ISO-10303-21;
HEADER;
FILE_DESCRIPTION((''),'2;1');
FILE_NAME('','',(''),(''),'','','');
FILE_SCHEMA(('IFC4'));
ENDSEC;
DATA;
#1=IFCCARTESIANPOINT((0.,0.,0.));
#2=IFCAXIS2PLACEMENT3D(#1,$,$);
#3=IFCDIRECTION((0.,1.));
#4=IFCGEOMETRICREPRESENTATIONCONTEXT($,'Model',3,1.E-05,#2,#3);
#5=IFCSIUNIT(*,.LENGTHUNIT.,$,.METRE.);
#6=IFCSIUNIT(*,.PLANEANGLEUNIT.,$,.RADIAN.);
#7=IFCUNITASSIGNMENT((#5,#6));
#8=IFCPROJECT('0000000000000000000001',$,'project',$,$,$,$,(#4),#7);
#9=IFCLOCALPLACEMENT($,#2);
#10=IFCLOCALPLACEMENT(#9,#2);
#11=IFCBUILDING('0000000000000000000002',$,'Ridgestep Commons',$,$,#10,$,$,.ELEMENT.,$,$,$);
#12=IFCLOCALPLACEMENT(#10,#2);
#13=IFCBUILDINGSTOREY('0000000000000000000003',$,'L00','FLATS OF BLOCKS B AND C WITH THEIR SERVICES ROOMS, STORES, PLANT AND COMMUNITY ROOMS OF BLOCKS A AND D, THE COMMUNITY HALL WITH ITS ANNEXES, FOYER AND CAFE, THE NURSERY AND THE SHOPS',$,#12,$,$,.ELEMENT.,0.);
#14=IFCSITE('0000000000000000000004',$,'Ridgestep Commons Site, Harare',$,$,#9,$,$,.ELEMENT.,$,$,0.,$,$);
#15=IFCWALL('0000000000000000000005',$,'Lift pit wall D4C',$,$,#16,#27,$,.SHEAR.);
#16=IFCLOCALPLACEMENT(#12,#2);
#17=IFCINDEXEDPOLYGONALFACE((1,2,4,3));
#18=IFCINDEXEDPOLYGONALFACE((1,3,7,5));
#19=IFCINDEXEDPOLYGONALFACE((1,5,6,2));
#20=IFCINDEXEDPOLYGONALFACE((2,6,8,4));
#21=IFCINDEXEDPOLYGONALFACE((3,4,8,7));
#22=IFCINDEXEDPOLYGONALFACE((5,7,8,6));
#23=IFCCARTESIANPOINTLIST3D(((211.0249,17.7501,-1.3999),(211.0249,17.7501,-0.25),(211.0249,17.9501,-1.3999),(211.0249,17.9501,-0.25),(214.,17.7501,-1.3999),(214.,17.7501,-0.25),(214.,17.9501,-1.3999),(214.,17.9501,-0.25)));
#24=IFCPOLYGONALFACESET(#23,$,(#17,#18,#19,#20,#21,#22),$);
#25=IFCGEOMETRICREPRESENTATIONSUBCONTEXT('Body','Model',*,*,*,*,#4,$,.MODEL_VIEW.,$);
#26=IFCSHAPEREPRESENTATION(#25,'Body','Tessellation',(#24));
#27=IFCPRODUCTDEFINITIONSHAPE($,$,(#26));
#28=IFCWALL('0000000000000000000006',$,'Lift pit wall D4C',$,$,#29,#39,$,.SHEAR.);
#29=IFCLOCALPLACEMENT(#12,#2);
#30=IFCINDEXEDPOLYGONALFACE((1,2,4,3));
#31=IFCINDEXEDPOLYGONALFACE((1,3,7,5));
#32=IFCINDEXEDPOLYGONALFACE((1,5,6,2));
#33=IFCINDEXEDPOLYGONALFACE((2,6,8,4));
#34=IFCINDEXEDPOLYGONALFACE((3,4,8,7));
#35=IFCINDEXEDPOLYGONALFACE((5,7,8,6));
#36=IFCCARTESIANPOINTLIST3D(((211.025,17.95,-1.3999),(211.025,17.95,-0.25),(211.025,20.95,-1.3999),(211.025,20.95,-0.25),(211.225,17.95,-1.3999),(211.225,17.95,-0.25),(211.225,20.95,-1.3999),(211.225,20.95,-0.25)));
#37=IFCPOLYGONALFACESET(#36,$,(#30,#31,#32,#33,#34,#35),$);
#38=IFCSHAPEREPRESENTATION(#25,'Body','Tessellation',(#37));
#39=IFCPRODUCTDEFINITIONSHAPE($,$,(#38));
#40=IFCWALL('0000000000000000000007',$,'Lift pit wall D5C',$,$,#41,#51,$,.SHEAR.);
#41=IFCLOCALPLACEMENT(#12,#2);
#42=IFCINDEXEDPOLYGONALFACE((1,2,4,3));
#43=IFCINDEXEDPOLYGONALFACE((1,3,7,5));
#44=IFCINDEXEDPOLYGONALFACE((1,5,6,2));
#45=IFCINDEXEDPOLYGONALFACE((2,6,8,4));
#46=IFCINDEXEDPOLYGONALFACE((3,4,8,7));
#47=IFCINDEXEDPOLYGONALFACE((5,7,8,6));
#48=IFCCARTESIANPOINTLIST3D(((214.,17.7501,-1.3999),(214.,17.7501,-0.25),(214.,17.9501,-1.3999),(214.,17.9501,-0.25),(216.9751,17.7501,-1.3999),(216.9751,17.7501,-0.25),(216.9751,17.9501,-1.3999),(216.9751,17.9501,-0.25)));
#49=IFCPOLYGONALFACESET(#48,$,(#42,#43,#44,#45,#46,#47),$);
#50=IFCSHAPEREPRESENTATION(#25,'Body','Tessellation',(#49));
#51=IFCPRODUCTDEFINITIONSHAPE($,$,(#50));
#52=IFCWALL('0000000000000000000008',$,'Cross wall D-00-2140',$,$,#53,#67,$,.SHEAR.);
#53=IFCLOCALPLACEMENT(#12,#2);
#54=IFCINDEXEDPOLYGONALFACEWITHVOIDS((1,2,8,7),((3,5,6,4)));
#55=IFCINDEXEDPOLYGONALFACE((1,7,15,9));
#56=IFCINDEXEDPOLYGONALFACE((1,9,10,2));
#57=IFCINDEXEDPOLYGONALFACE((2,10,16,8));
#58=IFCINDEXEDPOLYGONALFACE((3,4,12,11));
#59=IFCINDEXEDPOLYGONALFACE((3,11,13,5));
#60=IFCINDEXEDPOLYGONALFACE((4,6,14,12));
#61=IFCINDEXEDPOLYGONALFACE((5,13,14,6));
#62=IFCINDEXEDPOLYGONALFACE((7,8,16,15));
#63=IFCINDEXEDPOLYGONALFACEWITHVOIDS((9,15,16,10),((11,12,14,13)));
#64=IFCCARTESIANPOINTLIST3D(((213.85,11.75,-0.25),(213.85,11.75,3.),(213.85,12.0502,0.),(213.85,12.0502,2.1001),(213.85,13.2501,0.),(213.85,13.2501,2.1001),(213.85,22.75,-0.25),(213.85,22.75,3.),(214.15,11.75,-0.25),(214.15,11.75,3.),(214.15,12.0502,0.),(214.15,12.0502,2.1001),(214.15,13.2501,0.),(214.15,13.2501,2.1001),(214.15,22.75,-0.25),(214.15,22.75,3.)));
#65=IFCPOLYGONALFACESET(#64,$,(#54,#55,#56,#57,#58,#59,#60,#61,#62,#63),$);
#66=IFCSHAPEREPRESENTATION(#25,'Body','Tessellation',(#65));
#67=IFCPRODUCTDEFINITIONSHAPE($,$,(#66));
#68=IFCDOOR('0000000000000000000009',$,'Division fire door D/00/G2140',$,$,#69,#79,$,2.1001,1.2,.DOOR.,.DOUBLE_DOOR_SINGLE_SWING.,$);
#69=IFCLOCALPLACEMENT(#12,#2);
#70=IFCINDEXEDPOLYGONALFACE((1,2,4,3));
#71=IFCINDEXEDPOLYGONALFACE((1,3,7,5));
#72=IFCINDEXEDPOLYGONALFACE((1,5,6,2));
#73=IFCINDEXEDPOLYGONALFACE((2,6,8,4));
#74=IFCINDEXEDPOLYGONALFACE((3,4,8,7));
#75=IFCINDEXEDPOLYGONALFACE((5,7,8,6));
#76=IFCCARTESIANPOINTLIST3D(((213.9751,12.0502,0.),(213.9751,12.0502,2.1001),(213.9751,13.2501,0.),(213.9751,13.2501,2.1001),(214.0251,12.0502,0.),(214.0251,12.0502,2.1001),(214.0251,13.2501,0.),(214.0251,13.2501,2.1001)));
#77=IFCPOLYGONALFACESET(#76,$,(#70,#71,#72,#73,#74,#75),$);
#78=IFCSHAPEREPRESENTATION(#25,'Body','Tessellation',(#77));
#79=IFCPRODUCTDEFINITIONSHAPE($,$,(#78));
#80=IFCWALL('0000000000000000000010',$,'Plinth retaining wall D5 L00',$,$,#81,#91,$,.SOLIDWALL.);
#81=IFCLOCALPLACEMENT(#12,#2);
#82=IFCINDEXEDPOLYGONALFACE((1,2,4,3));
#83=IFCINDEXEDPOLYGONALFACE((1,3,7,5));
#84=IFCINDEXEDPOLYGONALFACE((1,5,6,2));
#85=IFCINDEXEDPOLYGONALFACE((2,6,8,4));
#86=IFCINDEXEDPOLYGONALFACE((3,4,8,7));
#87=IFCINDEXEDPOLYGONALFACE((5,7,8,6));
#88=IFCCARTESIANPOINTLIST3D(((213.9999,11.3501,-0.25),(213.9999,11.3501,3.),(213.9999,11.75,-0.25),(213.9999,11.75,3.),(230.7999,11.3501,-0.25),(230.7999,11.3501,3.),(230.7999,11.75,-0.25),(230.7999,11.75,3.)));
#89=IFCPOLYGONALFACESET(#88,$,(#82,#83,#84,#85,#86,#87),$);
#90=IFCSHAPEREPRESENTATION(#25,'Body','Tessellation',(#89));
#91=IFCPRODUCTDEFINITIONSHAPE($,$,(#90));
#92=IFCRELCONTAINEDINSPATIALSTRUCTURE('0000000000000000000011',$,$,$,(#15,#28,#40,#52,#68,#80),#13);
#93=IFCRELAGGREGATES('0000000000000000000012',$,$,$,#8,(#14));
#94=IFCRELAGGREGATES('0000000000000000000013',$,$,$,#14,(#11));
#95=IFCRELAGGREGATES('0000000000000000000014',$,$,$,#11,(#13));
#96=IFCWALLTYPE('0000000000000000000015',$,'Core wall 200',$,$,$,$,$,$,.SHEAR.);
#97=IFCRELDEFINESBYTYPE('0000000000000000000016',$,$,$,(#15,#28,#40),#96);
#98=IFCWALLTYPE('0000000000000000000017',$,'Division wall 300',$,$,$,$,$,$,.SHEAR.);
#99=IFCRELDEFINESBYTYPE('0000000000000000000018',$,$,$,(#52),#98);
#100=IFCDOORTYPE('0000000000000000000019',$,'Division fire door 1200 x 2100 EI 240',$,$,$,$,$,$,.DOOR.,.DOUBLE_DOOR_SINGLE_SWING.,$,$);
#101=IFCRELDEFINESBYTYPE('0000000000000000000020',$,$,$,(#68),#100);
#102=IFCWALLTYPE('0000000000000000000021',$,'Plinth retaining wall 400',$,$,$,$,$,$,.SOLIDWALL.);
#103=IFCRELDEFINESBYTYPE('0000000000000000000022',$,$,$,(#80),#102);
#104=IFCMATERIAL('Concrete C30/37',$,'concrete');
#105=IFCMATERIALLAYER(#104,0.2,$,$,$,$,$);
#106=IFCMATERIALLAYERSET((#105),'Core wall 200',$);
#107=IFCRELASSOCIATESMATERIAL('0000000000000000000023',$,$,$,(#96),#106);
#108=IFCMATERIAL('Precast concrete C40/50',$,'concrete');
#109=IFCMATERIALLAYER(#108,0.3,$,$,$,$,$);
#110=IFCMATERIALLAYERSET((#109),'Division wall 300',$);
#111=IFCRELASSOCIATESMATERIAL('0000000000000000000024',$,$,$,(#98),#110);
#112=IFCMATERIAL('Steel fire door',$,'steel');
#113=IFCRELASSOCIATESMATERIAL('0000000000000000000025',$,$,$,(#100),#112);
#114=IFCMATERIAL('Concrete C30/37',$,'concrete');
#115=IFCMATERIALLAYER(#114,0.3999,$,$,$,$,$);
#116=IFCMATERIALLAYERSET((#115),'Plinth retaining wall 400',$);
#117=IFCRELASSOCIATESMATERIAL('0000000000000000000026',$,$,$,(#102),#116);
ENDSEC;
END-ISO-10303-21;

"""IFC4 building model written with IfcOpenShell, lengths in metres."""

from ifc_helpers import new_model, si_unit, direction, frame, frame_2d, origin, place, context, subcontext, project, spatial, rectangle, extrude, material, layer, layer_set, type_object, element, fill, save


model = new_model("IFC4")

# Units and contexts
model_context = context("Model", 3, precision=1e-05, world=origin(), true_north=direction((0.0, 1.0)))
body_context = subcontext(model_context, "Body", "Model", "MODEL_VIEW")
ifc_project = project(units=[si_unit("LENGTHUNIT", "METRE"), si_unit("PLANEANGLEUNIT", "RADIAN")], contexts=[model_context])

# Site, building, storey
site_placement = place(None, origin())
site = spatial("IfcSite", under=ifc_project, at=site_placement, Name="Ridgestep Commons Site, Harare", CompositionType="ELEMENT", RefElevation=0.0)
building_placement = place(site_placement, origin())
building = spatial("IfcBuilding", under=site, at=building_placement, Name="Ridgestep Commons", CompositionType="ELEMENT")
storey_placement = place(building_placement, origin())
storey = spatial("IfcBuildingStorey", under=building, at=storey_placement, Name="L00", Description="FLATS OF BLOCKS B AND C WITH THEIR SERVICES ROOMS, STORES, PLANT AND COMMUNITY ROOMS OF BLOCKS A AND D, THE COMMUNITY HALL WITH ITS ANNEXES, FOYER AND CAFE, THE NURSERY AND THE SHOPS", CompositionType="ELEMENT", Elevation=0.0)

# Shared definitions
ifc_material_1 = material(Name="Concrete C30/37", Category="concrete")
ifc_layer_1 = layer(ifc_material_1, 0.2)
ifc_layer_set_1 = layer_set([ifc_layer_1], Name="Core wall 200")
wall_type_1 = type_object("IfcWallType", Name="Core wall 200", PredefinedType="SHEAR", material=ifc_layer_set_1)

# Walls
wall_1_placement = place(storey_placement, frame((211.0249, 17.8501, -1.3999), z_axis=(0.0, 0.0, 1.0), x_axis=(1.0, 0.0, 0.0)))
element("IfcWall", 1, at=wall_1_placement, inside=storey, type_object=wall_type_1, Name="Lift pit wall D4C", PredefinedType="SHEAR", context=body_context, shape_type="SweptSolid", body=[
    extrude(rectangle(XDim=2.9751, YDim=0.2, at=frame_2d((1.4875, 0.0))), origin(), (0.0, 0.0, 1.0), 1.1499),
])
wall_2_placement = place(storey_placement, frame((211.125, 17.95, -1.3999), z_axis=(0.0, 0.0, 1.0), x_axis=(0.0, 1.0, 0.0)))
element("IfcWall", 2, at=wall_2_placement, inside=storey, type_object=wall_type_1, Name="Lift pit wall D4C", PredefinedType="SHEAR", context=body_context, shape_type="SweptSolid", body=[
    extrude(rectangle(XDim=3.0, YDim=0.2, at=frame_2d((1.5, 0.0))), origin(), (0.0, 0.0, 1.0), 1.1499),
])
wall_3_placement = place(storey_placement, frame((214.0, 17.8501, -1.3999), z_axis=(0.0, 0.0, 1.0), x_axis=(1.0, 0.0, 0.0)))
element("IfcWall", 3, at=wall_3_placement, inside=storey, type_object=wall_type_1, Name="Lift pit wall D5C", PredefinedType="SHEAR", context=body_context, shape_type="SweptSolid", body=[
    extrude(rectangle(XDim=2.9751, YDim=0.2, at=frame_2d((1.4875, 0.0))), origin(), (0.0, 0.0, 1.0), 1.1499),
])

# Wall, opening, door
ifc_material_2 = material(Name="Precast concrete C40/50", Category="concrete")
ifc_layer_2 = layer(ifc_material_2, 0.3)
ifc_layer_set_2 = layer_set([ifc_layer_2], Name="Division wall 300")
wall_type_2 = type_object("IfcWallType", Name="Division wall 300", PredefinedType="SHEAR", material=ifc_layer_set_2)
wall_4_placement = place(storey_placement, frame((214.0, 11.75, -0.25), z_axis=(0.0, 0.0, 1.0), x_axis=(0.0, 1.0, 0.0)))
wall_4 = element("IfcWall", 4, at=wall_4_placement, inside=storey, type_object=wall_type_2, Name="Cross wall D-00-2140", PredefinedType="SHEAR", context=body_context, shape_type="SweptSolid", body=[
    extrude(rectangle(XDim=11.0, YDim=0.3, at=frame_2d((5.5, 0.0))), origin(), (0.0, 0.0, 1.0), 3.25),
])
opening_1_placement = place(wall_4_placement, frame((0.3, 0.0, 0.25)))
opening_1 = element("IfcOpeningElement", 5, at=opening_1_placement, cuts=wall_4, PredefinedType="OPENING", context=body_context, shape_type="SweptSolid", body=[
    extrude(rectangle(XDim=1.2, YDim=2.1001, at=frame_2d((0.6001, 1.05))), frame((0.0, 0.1599, 0.0), z_axis=(0.0, -1.0, 0.0), x_axis=(1.0, 0.0, 0.0)), (0.0, 0.0, 1.0), 0.3201),
])
ifc_material_3 = material(Name="Steel fire door", Category="steel")
door_type_1 = type_object("IfcDoorType", Name="Division fire door 1200 x 2100 EI 240", OperationType="DOUBLE_DOOR_SINGLE_SWING", PredefinedType="DOOR", material=ifc_material_3)
door_1_placement = place(opening_1_placement, origin())
door_1 = element("IfcDoor", 6, at=door_1_placement, inside=storey, type_object=door_type_1, Name="Division fire door D/00/G2140", OperationType="DOUBLE_DOOR_SINGLE_SWING", OverallHeight=2.1001, OverallWidth=1.2, PredefinedType="DOOR", context=body_context, shape_type="SweptSolid", body=[
    extrude(rectangle(XDim=1.2, YDim=2.1001, at=frame_2d((0.6001, 1.05))), frame((0.0, 0.0249, 0.0), z_axis=(0.0, -1.0, 0.0), x_axis=(1.0, 0.0, 0.0)), (0.0, 0.0, 1.0), 0.05),
])
fill(opening_1, door_1)

# Wall
ifc_material_4 = material(Name="Concrete C30/37", Category="concrete")
ifc_layer_3 = layer(ifc_material_4, 0.3999)
ifc_layer_set_3 = layer_set([ifc_layer_3], Name="Plinth retaining wall 400")
wall_type_3 = type_object("IfcWallType", Name="Plinth retaining wall 400", PredefinedType="SOLIDWALL", material=ifc_layer_set_3)
wall_5_placement = place(storey_placement, frame((214.0, 11.55, -0.25), z_axis=(0.0, 0.0, 1.0), x_axis=(1.0, 0.0, 0.0)))
element("IfcWall", 7, at=wall_5_placement, inside=storey, type_object=wall_type_3, Name="Plinth retaining wall D5 L00", PredefinedType="SOLIDWALL", context=body_context, shape_type="SweptSolid", body=[
    extrude(rectangle(XDim=16.8, YDim=0.3999, at=frame_2d((8.3999, 0.0))), origin(), (0.0, 0.0, 1.0), 3.25),
])

save(model, "model.ifc")
